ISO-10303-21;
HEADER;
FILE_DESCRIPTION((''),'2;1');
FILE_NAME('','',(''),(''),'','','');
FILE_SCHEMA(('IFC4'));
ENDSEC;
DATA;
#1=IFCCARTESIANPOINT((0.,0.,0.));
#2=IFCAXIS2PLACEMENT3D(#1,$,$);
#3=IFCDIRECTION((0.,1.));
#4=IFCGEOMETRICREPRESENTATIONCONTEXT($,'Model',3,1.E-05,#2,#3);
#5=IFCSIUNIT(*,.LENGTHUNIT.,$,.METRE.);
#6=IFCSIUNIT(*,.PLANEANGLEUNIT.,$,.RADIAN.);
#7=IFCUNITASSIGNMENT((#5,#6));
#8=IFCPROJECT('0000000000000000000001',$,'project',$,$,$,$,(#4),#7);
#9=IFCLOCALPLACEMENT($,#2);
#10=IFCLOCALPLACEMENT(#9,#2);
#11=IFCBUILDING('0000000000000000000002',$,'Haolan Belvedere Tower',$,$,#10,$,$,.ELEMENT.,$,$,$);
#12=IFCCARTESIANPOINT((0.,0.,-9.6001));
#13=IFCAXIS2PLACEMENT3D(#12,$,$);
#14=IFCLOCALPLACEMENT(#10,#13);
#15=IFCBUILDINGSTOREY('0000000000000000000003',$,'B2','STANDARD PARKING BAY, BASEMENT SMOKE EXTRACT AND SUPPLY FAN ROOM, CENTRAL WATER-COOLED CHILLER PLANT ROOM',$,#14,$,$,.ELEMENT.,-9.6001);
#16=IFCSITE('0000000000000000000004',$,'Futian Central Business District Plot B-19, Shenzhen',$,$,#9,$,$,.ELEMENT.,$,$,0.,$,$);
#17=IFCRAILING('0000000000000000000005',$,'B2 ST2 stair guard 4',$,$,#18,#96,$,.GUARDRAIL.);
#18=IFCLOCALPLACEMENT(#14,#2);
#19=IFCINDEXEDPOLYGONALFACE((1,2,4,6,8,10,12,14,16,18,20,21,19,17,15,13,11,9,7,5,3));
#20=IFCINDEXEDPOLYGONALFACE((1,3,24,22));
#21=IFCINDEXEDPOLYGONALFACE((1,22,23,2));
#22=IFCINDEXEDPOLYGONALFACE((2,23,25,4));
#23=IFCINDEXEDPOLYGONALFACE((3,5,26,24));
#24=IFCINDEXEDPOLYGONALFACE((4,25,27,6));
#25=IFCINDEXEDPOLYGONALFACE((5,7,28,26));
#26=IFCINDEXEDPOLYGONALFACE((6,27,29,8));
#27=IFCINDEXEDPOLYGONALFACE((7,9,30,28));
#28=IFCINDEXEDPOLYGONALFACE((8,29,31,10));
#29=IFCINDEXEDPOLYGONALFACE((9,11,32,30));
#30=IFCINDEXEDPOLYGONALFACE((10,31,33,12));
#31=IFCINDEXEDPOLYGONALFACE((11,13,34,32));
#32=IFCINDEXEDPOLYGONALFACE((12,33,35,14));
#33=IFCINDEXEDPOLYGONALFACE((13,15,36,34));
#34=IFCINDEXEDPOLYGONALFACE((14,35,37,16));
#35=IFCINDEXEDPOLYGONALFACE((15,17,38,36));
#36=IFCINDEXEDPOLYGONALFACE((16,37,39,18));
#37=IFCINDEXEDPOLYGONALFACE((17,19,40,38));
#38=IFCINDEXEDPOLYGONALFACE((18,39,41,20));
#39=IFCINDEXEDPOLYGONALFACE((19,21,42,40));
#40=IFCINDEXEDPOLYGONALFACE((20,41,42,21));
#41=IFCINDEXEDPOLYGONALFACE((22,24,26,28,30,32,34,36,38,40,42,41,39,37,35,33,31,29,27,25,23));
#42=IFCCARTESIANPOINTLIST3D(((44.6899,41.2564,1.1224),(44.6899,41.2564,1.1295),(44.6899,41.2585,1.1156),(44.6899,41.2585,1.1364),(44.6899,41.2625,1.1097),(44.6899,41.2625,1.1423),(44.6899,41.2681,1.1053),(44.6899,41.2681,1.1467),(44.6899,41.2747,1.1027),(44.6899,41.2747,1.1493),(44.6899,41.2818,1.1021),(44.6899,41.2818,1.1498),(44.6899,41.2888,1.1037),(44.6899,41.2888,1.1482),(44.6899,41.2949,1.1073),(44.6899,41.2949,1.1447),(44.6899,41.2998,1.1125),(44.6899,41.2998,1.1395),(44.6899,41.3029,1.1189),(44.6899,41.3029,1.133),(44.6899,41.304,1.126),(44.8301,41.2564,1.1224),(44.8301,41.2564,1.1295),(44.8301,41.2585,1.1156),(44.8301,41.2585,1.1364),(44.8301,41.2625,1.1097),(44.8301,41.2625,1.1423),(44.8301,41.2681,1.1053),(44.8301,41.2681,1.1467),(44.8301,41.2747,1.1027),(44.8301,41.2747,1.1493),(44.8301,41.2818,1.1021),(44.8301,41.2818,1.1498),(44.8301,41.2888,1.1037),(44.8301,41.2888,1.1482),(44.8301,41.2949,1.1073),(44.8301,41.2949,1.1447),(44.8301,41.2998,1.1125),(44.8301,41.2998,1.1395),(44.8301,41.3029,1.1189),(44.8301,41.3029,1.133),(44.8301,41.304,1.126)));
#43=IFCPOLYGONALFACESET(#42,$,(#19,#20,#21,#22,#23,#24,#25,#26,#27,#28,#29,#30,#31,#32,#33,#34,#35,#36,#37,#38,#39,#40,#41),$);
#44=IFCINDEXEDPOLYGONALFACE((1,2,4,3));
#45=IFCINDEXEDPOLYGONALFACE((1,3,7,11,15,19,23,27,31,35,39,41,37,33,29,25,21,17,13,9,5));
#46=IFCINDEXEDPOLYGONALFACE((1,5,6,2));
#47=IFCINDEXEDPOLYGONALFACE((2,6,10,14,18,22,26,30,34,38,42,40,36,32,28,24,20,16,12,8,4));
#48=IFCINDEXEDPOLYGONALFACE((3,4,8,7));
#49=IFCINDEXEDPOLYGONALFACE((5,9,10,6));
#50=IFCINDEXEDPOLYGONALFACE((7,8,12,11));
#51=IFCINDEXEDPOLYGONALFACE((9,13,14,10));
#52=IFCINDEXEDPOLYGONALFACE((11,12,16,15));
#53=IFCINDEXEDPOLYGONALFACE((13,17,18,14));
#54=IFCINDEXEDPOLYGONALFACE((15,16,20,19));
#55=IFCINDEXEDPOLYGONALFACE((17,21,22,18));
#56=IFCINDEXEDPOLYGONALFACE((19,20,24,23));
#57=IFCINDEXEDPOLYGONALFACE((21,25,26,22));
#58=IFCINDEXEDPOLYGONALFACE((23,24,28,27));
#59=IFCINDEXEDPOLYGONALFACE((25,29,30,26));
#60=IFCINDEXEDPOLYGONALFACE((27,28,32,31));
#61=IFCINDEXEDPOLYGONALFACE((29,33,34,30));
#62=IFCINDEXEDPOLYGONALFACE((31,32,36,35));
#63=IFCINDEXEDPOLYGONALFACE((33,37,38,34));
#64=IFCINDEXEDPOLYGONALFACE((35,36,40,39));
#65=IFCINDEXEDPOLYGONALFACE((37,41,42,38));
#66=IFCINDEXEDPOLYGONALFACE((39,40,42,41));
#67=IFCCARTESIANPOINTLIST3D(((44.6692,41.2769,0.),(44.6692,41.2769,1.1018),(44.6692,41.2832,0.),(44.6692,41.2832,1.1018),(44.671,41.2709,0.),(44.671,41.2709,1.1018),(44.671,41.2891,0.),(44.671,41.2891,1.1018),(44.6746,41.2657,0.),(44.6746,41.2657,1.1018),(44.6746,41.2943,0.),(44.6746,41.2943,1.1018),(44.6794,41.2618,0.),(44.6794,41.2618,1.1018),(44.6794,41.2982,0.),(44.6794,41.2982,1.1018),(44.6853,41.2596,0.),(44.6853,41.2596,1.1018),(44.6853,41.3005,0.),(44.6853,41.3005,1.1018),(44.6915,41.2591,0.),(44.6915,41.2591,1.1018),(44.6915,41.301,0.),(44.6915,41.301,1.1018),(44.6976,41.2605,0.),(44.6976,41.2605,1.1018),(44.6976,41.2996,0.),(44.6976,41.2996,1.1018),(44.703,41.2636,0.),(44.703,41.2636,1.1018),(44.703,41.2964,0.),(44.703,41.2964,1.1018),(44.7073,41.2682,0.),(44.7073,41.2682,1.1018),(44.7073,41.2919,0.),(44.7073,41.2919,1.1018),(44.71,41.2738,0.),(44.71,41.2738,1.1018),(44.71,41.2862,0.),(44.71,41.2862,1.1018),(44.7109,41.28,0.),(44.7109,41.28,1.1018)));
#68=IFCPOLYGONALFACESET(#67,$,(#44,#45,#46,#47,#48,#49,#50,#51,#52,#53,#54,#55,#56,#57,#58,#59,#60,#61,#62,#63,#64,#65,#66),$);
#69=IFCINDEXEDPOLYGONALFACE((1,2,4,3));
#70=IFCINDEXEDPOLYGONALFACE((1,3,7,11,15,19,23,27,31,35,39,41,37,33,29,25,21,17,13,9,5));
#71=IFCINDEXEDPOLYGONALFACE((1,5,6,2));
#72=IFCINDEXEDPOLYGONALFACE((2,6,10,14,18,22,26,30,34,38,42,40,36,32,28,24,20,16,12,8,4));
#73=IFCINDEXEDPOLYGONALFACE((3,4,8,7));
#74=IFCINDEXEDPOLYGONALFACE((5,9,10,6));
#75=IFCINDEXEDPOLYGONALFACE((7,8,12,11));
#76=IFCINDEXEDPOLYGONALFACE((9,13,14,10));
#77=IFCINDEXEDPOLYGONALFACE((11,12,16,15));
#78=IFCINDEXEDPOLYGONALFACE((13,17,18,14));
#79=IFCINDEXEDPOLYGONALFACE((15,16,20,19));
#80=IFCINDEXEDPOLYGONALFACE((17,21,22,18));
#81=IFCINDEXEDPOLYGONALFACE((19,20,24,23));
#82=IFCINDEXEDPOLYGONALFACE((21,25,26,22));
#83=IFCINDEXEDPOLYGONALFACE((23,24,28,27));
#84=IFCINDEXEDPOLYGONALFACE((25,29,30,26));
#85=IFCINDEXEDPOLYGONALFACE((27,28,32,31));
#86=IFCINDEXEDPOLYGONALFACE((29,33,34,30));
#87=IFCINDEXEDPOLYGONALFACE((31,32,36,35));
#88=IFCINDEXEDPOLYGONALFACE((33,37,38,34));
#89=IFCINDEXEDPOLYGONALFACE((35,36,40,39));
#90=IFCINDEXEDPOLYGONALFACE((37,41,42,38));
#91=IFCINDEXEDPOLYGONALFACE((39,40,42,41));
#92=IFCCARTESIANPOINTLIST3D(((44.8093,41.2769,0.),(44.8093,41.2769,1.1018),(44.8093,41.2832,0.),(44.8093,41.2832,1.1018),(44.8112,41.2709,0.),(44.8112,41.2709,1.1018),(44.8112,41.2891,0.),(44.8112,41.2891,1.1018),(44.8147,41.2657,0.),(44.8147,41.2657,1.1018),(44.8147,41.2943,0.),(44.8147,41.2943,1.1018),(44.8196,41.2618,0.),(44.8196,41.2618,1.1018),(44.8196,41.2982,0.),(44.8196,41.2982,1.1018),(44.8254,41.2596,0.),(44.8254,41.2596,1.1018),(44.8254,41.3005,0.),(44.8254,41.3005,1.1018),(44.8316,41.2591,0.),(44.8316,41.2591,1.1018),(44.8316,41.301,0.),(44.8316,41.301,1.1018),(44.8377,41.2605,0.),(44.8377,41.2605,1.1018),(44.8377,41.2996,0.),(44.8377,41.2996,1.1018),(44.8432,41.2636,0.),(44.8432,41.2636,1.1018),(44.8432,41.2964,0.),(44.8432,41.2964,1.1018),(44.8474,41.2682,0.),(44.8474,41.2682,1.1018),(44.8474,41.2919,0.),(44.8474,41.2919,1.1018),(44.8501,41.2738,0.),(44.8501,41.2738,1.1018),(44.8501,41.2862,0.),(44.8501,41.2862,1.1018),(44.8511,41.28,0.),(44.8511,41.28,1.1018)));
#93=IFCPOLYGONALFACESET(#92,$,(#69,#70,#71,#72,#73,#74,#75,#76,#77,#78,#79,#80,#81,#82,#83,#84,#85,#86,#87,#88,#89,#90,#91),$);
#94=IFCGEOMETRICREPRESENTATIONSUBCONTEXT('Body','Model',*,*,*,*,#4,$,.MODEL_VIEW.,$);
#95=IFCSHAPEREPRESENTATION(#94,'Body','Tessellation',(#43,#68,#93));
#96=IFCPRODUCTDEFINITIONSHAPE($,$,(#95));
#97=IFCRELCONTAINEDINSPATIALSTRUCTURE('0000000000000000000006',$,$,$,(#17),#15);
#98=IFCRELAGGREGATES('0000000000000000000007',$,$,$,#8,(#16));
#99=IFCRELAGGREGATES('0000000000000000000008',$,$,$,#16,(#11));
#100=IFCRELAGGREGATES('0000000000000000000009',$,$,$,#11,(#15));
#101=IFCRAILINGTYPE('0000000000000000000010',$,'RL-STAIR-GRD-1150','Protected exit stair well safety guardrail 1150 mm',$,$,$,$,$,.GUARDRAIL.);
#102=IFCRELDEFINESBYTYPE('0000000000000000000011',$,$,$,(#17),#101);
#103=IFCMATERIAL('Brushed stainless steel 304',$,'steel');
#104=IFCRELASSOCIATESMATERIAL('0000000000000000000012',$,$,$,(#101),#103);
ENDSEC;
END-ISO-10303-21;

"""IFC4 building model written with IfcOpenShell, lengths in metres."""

from ifc_helpers import new_model, si_unit, direction, frame, origin, origin_2d, place, context, subcontext, project, spatial, circle, extrude, material, type_object, element, save


model = new_model("IFC4")

# Units and contexts
model_context = context("Model", 3, precision=1e-05, world=origin(), true_north=direction((0.0, 1.0)))
body_context = subcontext(model_context, "Body", "Model", "MODEL_VIEW")
ifc_project = project(units=[si_unit("LENGTHUNIT", "METRE"), si_unit("PLANEANGLEUNIT", "RADIAN")], contexts=[model_context])

# Site, building, storey
site_placement = place(None, origin())
site = spatial("IfcSite", under=ifc_project, at=site_placement, Name="Futian Central Business District Plot B-19, Shenzhen", CompositionType="ELEMENT", RefElevation=0.0)
building_placement = place(site_placement, origin())
building = spatial("IfcBuilding", under=site, at=building_placement, Name="Haolan Belvedere Tower", CompositionType="ELEMENT")
storey_placement = place(building_placement, frame((0.0, 0.0, -9.6001)))
storey = spatial("IfcBuildingStorey", under=building, at=storey_placement, Name="B2", Description="STANDARD PARKING BAY, BASEMENT SMOKE EXTRACT AND SUPPLY FAN ROOM, CENTRAL WATER-COOLED CHILLER PLANT ROOM", CompositionType="ELEMENT", Elevation=-9.6001)

# Railing
ifc_material_1 = material(Name="Brushed stainless steel 304", Category="steel")
railing_type_1 = type_object("IfcRailingType", Name="RL-STAIR-GRD-1150", Description="Protected exit stair well safety guardrail 1150 mm", PredefinedType="GUARDRAIL", material=ifc_material_1)
railing_1_placement = place(storey_placement, frame((44.6899, 41.28, 0.0)))
element("IfcRailing", 1, at=railing_1_placement, inside=storey, type_object=railing_type_1, Name="B2 ST2 stair guard 4", PredefinedType="GUARDRAIL", context=body_context, shape_type="SweptSolid", body=[
    extrude(circle(Radius=0.0239, at=origin_2d()), frame((0.0, 0.0, 1.126), z_axis=(1.0, 0.0, 0.0), x_axis=(0.0, 1.0, 0.0)), (0.0, 0.0, 1.0), 0.1401),
    extrude(circle(Radius=0.021, at=origin_2d()), origin(), (0.0, 0.0, 1.0), 1.1018),
    extrude(circle(Radius=0.021, at=origin_2d()), frame((0.1401, 0.0, 0.0)), (0.0, 0.0, 1.0), 1.1018),
])

save(model, "model.ifc")
